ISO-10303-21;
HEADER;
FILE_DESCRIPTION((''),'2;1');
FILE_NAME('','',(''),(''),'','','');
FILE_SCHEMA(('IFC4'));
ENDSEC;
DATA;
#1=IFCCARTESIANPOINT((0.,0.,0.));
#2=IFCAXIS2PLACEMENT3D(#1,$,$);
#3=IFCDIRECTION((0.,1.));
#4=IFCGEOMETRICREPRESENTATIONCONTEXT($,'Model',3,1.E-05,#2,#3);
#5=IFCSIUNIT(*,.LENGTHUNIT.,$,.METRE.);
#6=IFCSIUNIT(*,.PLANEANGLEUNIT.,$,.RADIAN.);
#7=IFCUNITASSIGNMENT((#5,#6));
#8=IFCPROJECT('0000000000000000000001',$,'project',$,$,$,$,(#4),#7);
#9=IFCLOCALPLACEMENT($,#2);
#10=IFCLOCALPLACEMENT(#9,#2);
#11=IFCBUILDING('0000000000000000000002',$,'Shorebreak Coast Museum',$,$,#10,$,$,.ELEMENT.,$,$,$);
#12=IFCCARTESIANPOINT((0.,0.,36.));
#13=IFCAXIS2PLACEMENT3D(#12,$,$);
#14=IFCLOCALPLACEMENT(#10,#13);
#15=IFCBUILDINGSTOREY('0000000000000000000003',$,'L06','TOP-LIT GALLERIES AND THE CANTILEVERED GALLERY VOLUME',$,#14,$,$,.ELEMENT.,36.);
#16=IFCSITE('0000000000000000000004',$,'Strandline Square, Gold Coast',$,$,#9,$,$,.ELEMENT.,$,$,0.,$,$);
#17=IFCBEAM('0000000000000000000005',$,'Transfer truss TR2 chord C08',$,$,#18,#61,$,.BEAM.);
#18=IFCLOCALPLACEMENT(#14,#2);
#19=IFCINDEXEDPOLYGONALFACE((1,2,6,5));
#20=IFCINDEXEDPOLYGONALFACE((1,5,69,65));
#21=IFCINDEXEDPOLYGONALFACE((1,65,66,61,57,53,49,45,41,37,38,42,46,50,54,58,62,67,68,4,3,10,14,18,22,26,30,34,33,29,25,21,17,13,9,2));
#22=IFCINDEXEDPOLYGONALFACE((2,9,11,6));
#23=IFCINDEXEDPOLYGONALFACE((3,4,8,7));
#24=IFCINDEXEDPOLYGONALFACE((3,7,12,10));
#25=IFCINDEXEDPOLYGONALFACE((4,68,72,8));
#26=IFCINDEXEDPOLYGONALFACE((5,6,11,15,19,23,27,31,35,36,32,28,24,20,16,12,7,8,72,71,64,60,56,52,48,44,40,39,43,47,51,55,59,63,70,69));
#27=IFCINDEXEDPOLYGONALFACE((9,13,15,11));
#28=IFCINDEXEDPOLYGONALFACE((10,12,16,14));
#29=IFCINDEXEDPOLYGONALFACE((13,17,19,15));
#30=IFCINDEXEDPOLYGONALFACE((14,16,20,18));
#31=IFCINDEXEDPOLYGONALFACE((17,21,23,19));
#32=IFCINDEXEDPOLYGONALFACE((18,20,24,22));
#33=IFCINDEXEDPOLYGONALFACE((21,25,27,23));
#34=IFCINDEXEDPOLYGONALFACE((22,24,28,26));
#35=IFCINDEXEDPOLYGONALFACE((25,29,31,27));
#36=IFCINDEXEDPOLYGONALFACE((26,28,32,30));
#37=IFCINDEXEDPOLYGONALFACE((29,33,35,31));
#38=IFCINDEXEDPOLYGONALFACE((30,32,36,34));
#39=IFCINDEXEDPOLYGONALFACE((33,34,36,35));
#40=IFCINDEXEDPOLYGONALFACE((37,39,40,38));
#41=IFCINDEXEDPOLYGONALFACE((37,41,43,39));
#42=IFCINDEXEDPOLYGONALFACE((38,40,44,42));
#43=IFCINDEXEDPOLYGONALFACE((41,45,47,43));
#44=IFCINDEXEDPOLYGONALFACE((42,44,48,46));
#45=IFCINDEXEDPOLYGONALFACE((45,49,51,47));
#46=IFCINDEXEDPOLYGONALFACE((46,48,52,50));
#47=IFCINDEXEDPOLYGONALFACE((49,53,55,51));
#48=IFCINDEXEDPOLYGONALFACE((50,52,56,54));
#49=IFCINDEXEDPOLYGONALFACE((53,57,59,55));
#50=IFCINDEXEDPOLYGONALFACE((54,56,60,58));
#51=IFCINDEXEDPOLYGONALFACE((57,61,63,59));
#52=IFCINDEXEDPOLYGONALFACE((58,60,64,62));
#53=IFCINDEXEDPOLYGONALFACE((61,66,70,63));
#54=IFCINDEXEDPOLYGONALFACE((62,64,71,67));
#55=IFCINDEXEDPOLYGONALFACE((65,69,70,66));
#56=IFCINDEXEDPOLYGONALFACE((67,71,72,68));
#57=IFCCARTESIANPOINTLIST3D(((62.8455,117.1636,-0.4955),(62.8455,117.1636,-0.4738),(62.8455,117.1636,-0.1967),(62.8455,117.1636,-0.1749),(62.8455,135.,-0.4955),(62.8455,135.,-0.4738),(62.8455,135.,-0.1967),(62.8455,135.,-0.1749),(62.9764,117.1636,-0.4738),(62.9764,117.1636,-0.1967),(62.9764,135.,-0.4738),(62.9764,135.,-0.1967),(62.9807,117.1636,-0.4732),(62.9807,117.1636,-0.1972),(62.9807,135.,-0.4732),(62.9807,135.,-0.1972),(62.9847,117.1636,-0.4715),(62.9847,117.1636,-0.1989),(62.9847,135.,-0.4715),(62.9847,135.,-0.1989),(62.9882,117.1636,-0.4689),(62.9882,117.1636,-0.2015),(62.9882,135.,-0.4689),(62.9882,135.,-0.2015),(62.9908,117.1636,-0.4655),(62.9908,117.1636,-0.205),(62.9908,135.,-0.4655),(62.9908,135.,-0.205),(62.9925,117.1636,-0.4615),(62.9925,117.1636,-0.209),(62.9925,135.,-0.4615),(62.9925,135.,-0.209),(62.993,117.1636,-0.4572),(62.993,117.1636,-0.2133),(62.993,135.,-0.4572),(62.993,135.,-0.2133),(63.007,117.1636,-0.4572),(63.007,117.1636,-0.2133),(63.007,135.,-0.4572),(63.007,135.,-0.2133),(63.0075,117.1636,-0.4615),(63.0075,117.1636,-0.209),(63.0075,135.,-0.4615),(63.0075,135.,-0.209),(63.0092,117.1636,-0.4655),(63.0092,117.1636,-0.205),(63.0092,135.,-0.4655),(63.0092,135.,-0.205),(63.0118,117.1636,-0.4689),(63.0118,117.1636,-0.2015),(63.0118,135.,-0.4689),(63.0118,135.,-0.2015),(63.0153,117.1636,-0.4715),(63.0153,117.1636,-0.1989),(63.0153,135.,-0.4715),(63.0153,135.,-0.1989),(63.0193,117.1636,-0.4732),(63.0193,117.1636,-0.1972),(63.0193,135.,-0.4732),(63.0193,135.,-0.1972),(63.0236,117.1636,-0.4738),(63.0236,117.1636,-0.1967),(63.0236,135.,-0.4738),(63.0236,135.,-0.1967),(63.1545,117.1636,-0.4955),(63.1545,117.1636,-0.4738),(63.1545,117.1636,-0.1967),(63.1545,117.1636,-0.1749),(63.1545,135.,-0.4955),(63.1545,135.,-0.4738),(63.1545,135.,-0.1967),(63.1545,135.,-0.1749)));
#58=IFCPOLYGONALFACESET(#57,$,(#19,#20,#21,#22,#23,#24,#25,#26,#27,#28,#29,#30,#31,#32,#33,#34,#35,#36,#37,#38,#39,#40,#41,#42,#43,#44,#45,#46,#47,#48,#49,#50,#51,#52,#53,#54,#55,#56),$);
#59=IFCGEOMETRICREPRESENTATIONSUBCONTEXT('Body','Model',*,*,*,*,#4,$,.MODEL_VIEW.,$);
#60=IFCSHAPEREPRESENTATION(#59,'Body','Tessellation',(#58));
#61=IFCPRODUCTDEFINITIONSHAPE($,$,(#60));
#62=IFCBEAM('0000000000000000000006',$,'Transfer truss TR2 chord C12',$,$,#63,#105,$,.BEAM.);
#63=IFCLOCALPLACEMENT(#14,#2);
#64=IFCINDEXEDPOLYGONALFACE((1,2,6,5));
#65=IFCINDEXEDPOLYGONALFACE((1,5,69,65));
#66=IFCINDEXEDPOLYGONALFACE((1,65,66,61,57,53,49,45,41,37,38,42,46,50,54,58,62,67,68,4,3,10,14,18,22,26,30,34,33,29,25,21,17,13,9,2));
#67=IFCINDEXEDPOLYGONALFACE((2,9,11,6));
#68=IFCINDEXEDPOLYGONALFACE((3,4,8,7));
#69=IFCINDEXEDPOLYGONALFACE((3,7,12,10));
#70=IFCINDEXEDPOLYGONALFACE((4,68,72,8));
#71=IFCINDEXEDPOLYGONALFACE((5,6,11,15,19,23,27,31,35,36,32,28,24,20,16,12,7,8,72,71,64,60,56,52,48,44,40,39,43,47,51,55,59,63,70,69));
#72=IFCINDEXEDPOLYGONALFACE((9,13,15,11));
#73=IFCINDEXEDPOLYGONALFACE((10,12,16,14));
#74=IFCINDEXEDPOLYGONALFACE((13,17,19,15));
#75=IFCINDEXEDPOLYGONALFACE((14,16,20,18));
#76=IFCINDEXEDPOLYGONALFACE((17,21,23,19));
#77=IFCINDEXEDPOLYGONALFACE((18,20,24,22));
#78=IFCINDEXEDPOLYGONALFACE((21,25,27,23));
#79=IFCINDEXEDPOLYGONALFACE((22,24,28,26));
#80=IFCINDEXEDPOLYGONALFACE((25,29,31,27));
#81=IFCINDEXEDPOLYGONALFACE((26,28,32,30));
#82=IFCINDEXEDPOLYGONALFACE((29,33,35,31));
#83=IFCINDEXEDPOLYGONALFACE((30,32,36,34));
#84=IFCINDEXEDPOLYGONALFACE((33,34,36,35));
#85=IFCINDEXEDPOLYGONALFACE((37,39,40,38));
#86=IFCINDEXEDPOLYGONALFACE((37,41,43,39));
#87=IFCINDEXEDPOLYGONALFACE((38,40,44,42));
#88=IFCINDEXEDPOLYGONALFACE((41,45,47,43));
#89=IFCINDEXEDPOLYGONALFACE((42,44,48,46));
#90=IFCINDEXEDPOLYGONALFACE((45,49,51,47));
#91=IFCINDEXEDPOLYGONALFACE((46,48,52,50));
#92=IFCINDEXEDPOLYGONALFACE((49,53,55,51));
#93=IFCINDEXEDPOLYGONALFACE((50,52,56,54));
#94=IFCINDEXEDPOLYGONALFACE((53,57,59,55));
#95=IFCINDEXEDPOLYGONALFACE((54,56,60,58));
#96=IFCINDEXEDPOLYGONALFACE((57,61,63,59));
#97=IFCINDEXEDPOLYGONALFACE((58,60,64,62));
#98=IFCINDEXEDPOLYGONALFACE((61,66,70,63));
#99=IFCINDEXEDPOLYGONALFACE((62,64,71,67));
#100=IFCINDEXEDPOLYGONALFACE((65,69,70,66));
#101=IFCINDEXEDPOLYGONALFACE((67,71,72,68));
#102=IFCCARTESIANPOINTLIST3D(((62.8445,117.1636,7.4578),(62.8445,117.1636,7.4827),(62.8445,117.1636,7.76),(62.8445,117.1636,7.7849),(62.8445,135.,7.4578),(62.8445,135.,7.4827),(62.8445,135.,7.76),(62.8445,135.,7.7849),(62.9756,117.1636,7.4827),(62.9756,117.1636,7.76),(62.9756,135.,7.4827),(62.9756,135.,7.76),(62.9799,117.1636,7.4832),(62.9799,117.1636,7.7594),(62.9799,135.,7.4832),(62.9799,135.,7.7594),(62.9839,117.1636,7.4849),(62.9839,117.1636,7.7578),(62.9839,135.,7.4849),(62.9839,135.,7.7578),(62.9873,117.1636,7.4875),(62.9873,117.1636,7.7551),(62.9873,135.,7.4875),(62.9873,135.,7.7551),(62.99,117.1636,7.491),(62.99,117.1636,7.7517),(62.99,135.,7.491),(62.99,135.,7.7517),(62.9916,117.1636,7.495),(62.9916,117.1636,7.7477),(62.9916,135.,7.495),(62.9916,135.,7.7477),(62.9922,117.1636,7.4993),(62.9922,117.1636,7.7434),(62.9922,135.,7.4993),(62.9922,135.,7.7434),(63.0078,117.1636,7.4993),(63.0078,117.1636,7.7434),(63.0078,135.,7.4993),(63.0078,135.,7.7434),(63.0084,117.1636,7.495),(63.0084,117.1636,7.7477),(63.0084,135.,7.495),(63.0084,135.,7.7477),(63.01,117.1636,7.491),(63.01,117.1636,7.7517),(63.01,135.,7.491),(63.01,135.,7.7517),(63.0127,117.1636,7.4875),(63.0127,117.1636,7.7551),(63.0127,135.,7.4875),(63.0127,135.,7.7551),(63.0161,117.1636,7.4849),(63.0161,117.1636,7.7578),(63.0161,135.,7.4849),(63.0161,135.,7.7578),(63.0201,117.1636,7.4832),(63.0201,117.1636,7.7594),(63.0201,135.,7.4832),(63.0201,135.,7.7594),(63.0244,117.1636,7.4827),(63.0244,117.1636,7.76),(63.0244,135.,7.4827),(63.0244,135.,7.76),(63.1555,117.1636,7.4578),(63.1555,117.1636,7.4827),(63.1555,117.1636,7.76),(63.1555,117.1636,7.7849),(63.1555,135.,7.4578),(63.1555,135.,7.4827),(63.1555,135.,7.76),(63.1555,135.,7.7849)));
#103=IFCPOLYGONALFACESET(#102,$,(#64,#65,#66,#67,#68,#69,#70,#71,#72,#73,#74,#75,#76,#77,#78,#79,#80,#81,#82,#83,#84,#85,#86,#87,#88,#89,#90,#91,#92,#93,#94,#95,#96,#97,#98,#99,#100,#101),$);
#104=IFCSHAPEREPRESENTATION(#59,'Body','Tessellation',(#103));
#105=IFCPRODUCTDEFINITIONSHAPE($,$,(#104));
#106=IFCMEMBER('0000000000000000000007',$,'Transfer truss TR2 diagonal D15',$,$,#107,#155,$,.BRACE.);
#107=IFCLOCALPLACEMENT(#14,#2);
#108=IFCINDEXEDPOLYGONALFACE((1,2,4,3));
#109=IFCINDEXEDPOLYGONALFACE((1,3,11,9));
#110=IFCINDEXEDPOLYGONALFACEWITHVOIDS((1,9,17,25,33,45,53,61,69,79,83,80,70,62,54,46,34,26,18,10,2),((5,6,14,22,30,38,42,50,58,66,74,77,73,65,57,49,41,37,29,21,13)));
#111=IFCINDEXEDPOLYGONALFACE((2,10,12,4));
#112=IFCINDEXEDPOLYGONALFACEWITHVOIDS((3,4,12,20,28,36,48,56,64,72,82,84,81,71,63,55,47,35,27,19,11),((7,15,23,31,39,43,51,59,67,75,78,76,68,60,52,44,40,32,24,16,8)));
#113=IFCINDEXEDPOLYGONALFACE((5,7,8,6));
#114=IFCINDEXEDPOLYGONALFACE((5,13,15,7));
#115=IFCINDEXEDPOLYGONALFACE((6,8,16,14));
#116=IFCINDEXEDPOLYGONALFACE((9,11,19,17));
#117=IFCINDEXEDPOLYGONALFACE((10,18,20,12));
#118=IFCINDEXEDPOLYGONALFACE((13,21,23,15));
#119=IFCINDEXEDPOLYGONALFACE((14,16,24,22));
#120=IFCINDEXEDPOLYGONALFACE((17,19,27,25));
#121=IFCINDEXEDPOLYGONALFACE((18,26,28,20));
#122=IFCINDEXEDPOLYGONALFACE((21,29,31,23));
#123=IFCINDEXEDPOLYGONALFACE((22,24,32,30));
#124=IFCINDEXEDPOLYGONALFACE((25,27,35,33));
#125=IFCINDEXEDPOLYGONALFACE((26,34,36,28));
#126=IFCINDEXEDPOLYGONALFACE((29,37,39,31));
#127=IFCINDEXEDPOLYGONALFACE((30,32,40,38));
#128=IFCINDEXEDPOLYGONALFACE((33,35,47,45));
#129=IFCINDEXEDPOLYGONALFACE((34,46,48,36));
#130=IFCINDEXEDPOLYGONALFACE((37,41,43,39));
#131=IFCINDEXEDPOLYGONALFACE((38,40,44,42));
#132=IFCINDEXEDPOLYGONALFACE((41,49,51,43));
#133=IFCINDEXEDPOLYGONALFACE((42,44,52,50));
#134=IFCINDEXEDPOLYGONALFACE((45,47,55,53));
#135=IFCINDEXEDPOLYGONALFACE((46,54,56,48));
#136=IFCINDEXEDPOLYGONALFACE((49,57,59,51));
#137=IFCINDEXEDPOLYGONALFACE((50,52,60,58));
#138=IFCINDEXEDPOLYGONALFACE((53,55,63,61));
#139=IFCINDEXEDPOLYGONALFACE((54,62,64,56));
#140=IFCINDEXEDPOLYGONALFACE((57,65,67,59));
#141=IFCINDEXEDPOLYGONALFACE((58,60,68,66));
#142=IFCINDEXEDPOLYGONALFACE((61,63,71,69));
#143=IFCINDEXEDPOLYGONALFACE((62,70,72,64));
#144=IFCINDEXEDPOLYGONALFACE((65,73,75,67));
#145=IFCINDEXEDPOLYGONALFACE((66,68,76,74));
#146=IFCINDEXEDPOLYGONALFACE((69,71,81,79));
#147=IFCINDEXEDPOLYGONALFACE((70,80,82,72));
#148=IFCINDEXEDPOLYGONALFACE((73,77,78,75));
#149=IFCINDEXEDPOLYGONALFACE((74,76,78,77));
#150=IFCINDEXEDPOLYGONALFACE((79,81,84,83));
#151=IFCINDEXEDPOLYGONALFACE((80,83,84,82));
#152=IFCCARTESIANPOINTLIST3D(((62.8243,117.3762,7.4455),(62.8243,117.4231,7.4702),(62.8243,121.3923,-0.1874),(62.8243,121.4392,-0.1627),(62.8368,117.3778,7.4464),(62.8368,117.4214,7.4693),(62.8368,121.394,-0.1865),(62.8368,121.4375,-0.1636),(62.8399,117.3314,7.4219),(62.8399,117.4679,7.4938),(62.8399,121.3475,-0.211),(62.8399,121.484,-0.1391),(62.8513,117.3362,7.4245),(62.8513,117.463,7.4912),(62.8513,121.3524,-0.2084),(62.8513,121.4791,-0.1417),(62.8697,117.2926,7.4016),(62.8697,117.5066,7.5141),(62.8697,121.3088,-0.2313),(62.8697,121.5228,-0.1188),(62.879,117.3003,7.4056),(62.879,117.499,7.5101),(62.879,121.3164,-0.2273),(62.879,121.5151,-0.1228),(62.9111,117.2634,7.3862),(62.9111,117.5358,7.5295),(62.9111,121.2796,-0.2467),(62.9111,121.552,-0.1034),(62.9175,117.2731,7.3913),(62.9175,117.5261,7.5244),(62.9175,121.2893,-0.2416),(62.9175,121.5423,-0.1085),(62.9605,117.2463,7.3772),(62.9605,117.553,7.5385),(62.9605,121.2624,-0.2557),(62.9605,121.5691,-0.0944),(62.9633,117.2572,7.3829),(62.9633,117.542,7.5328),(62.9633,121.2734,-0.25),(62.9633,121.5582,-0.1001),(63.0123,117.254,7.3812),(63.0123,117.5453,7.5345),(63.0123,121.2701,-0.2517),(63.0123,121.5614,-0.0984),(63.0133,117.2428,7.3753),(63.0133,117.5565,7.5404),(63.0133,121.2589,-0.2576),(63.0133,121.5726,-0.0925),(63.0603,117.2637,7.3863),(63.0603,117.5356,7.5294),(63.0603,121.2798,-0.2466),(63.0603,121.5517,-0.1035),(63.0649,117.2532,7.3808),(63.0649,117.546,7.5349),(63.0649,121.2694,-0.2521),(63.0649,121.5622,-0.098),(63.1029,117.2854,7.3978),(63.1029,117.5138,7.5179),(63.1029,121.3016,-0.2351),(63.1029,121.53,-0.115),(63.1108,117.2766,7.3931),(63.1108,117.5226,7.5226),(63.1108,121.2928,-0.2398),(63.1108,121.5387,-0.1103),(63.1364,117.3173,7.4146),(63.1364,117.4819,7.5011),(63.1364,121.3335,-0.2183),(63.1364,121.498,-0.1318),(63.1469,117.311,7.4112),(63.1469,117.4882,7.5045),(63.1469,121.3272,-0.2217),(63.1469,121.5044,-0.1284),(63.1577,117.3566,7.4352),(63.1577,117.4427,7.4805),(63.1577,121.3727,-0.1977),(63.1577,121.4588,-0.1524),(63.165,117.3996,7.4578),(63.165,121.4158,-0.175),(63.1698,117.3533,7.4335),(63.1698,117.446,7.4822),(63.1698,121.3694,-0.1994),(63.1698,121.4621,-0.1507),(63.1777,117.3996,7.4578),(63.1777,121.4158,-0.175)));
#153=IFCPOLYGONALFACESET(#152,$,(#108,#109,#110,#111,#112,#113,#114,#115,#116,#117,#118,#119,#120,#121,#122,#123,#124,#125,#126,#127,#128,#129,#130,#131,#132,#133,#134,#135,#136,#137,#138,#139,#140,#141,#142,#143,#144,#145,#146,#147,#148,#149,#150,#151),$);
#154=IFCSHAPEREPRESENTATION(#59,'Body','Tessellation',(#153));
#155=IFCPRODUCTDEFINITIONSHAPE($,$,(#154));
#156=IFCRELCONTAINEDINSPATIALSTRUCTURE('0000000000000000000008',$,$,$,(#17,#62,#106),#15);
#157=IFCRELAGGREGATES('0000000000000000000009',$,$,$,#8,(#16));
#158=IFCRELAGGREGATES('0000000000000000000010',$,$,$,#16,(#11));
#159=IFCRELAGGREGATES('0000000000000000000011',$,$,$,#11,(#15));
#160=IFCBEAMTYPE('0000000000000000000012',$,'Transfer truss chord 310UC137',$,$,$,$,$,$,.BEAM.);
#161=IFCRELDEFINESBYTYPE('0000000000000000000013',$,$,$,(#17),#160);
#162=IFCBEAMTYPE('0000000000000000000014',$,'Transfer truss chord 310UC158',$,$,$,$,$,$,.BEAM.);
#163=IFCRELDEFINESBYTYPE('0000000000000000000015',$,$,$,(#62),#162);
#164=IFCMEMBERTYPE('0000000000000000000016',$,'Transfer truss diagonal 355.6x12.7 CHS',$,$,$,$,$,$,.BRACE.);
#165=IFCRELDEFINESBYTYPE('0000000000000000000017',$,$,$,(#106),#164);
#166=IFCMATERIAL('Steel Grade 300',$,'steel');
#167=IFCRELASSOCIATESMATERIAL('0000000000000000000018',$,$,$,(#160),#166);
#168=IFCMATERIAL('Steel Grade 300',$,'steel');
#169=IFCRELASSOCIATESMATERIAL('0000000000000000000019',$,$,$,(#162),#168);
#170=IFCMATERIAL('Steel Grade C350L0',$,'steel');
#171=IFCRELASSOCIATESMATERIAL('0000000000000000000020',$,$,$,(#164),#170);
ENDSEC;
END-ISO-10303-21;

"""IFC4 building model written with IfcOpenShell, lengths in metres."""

from ifc_helpers import new_model, si_unit, direction, frame, origin, origin_2d, place, context, subcontext, project, spatial, hollow_circle, i_section, extrude, material, material_profile, profile_set, type_object, element, save


model = new_model("IFC4")

# Units and contexts
model_context = context("Model", 3, precision=1e-05, world=origin(), true_north=direction((0.0, 1.0)))
body_context = subcontext(model_context, "Body", "Model", "MODEL_VIEW")
ifc_project = project(units=[si_unit("LENGTHUNIT", "METRE"), si_unit("PLANEANGLEUNIT", "RADIAN")], contexts=[model_context])

# Site, building, storey
site_placement = place(None, origin())
site = spatial("IfcSite", under=ifc_project, at=site_placement, Name="Strandline Square, Gold Coast", CompositionType="ELEMENT", RefElevation=0.0)
building_placement = place(site_placement, origin())
building = spatial("IfcBuilding", under=site, at=building_placement, Name="Shorebreak Coast Museum", CompositionType="ELEMENT")
storey_placement = place(building_placement, frame((0.0, 0.0, 36.0)))
storey = spatial("IfcBuildingStorey", under=building, at=storey_placement, Name="L06", Description="TOP-LIT GALLERIES AND THE CANTILEVERED GALLERY VOLUME", CompositionType="ELEMENT", Elevation=36.0)

# Beams
ifc_material_1 = material(Name="Steel Grade 300", Category="steel")
ifc_material_profile_1 = material_profile(ifc_material_1, i_section(OverallWidth=0.3091, OverallDepth=0.3206, WebThickness=0.0139, FlangeThickness=0.0217, FilletRadius=0.0166, at=origin_2d()), Name="310UC137")
ifc_profile_set_1 = profile_set([ifc_material_profile_1], Name="Steel Grade 300")
beam_type_1 = type_object("IfcBeamType", Name="Transfer truss chord 310UC137", PredefinedType="BEAM", material=ifc_profile_set_1)
beam_1_placement = place(storey_placement, frame((63.0, 117.1636, -0.3352), z_axis=(0.0, 1.0, 0.0), x_axis=(-1.0, 0.0, 0.0)))
element("IfcBeam", 1, at=beam_1_placement, inside=storey, type_object=beam_type_1, Name="Transfer truss TR2 chord C08", PredefinedType="BEAM", context=body_context, shape_type="SweptSolid", body=[
    extrude(i_section(OverallWidth=0.3091, OverallDepth=0.3206, WebThickness=0.0139, FlangeThickness=0.0217, FilletRadius=0.0166, at=origin_2d()), origin(), (0.0, 0.0, 1.0), 17.8364),
])
ifc_material_2 = material(Name="Steel Grade 300", Category="steel")
ifc_material_profile_2 = material_profile(ifc_material_2, i_section(OverallWidth=0.311, OverallDepth=0.3271, WebThickness=0.0156, FlangeThickness=0.0249, FilletRadius=0.0166, at=origin_2d()), Name="310UC158")
ifc_profile_set_2 = profile_set([ifc_material_profile_2], Name="Steel Grade 300")
beam_type_2 = type_object("IfcBeamType", Name="Transfer truss chord 310UC158", PredefinedType="BEAM", material=ifc_profile_set_2)
beam_2_placement = place(storey_placement, frame((63.0, 117.1636, 7.6213), z_axis=(0.0, 1.0, 0.0), x_axis=(-1.0, 0.0, 0.0)))
element("IfcBeam", 2, at=beam_2_placement, inside=storey, type_object=beam_type_2, Name="Transfer truss TR2 chord C12", PredefinedType="BEAM", context=body_context, shape_type="SweptSolid", body=[
    extrude(i_section(OverallWidth=0.311, OverallDepth=0.3271, WebThickness=0.0156, FlangeThickness=0.0249, FilletRadius=0.0166, at=origin_2d()), origin(), (0.0, 0.0, 1.0), 17.8364),
])

# Member
ifc_material_3 = material(Name="Steel Grade C350L0", Category="steel")
ifc_material_profile_3 = material_profile(ifc_material_3, hollow_circle(Radius=0.1777, WallThickness=0.0127, at=origin_2d()), Name="355.6x12.7 CHS")
ifc_profile_set_3 = profile_set([ifc_material_profile_3], Name="Steel Grade C350L0")
member_type_1 = type_object("IfcMemberType", Name="Transfer truss diagonal 355.6x12.7 CHS", PredefinedType="BRACE", material=ifc_profile_set_3)
member_1_placement = place(storey_placement, frame((63.0, 121.4158, -0.175), z_axis=(0.0, -0.465641, 0.884973), x_axis=(1.0, 0.0, 0.0)))
element("IfcMember", 3, at=member_1_placement, inside=storey, type_object=member_type_1, Name="Transfer truss TR2 diagonal D15", PredefinedType="BRACE", context=body_context, shape_type="SweptSolid", body=[
    extrude(hollow_circle(Radius=0.1777, WallThickness=0.0127, at=origin_2d()), origin(), (0.0, 0.0, 1.0), 8.625),
])

save(model, "model.ifc")
